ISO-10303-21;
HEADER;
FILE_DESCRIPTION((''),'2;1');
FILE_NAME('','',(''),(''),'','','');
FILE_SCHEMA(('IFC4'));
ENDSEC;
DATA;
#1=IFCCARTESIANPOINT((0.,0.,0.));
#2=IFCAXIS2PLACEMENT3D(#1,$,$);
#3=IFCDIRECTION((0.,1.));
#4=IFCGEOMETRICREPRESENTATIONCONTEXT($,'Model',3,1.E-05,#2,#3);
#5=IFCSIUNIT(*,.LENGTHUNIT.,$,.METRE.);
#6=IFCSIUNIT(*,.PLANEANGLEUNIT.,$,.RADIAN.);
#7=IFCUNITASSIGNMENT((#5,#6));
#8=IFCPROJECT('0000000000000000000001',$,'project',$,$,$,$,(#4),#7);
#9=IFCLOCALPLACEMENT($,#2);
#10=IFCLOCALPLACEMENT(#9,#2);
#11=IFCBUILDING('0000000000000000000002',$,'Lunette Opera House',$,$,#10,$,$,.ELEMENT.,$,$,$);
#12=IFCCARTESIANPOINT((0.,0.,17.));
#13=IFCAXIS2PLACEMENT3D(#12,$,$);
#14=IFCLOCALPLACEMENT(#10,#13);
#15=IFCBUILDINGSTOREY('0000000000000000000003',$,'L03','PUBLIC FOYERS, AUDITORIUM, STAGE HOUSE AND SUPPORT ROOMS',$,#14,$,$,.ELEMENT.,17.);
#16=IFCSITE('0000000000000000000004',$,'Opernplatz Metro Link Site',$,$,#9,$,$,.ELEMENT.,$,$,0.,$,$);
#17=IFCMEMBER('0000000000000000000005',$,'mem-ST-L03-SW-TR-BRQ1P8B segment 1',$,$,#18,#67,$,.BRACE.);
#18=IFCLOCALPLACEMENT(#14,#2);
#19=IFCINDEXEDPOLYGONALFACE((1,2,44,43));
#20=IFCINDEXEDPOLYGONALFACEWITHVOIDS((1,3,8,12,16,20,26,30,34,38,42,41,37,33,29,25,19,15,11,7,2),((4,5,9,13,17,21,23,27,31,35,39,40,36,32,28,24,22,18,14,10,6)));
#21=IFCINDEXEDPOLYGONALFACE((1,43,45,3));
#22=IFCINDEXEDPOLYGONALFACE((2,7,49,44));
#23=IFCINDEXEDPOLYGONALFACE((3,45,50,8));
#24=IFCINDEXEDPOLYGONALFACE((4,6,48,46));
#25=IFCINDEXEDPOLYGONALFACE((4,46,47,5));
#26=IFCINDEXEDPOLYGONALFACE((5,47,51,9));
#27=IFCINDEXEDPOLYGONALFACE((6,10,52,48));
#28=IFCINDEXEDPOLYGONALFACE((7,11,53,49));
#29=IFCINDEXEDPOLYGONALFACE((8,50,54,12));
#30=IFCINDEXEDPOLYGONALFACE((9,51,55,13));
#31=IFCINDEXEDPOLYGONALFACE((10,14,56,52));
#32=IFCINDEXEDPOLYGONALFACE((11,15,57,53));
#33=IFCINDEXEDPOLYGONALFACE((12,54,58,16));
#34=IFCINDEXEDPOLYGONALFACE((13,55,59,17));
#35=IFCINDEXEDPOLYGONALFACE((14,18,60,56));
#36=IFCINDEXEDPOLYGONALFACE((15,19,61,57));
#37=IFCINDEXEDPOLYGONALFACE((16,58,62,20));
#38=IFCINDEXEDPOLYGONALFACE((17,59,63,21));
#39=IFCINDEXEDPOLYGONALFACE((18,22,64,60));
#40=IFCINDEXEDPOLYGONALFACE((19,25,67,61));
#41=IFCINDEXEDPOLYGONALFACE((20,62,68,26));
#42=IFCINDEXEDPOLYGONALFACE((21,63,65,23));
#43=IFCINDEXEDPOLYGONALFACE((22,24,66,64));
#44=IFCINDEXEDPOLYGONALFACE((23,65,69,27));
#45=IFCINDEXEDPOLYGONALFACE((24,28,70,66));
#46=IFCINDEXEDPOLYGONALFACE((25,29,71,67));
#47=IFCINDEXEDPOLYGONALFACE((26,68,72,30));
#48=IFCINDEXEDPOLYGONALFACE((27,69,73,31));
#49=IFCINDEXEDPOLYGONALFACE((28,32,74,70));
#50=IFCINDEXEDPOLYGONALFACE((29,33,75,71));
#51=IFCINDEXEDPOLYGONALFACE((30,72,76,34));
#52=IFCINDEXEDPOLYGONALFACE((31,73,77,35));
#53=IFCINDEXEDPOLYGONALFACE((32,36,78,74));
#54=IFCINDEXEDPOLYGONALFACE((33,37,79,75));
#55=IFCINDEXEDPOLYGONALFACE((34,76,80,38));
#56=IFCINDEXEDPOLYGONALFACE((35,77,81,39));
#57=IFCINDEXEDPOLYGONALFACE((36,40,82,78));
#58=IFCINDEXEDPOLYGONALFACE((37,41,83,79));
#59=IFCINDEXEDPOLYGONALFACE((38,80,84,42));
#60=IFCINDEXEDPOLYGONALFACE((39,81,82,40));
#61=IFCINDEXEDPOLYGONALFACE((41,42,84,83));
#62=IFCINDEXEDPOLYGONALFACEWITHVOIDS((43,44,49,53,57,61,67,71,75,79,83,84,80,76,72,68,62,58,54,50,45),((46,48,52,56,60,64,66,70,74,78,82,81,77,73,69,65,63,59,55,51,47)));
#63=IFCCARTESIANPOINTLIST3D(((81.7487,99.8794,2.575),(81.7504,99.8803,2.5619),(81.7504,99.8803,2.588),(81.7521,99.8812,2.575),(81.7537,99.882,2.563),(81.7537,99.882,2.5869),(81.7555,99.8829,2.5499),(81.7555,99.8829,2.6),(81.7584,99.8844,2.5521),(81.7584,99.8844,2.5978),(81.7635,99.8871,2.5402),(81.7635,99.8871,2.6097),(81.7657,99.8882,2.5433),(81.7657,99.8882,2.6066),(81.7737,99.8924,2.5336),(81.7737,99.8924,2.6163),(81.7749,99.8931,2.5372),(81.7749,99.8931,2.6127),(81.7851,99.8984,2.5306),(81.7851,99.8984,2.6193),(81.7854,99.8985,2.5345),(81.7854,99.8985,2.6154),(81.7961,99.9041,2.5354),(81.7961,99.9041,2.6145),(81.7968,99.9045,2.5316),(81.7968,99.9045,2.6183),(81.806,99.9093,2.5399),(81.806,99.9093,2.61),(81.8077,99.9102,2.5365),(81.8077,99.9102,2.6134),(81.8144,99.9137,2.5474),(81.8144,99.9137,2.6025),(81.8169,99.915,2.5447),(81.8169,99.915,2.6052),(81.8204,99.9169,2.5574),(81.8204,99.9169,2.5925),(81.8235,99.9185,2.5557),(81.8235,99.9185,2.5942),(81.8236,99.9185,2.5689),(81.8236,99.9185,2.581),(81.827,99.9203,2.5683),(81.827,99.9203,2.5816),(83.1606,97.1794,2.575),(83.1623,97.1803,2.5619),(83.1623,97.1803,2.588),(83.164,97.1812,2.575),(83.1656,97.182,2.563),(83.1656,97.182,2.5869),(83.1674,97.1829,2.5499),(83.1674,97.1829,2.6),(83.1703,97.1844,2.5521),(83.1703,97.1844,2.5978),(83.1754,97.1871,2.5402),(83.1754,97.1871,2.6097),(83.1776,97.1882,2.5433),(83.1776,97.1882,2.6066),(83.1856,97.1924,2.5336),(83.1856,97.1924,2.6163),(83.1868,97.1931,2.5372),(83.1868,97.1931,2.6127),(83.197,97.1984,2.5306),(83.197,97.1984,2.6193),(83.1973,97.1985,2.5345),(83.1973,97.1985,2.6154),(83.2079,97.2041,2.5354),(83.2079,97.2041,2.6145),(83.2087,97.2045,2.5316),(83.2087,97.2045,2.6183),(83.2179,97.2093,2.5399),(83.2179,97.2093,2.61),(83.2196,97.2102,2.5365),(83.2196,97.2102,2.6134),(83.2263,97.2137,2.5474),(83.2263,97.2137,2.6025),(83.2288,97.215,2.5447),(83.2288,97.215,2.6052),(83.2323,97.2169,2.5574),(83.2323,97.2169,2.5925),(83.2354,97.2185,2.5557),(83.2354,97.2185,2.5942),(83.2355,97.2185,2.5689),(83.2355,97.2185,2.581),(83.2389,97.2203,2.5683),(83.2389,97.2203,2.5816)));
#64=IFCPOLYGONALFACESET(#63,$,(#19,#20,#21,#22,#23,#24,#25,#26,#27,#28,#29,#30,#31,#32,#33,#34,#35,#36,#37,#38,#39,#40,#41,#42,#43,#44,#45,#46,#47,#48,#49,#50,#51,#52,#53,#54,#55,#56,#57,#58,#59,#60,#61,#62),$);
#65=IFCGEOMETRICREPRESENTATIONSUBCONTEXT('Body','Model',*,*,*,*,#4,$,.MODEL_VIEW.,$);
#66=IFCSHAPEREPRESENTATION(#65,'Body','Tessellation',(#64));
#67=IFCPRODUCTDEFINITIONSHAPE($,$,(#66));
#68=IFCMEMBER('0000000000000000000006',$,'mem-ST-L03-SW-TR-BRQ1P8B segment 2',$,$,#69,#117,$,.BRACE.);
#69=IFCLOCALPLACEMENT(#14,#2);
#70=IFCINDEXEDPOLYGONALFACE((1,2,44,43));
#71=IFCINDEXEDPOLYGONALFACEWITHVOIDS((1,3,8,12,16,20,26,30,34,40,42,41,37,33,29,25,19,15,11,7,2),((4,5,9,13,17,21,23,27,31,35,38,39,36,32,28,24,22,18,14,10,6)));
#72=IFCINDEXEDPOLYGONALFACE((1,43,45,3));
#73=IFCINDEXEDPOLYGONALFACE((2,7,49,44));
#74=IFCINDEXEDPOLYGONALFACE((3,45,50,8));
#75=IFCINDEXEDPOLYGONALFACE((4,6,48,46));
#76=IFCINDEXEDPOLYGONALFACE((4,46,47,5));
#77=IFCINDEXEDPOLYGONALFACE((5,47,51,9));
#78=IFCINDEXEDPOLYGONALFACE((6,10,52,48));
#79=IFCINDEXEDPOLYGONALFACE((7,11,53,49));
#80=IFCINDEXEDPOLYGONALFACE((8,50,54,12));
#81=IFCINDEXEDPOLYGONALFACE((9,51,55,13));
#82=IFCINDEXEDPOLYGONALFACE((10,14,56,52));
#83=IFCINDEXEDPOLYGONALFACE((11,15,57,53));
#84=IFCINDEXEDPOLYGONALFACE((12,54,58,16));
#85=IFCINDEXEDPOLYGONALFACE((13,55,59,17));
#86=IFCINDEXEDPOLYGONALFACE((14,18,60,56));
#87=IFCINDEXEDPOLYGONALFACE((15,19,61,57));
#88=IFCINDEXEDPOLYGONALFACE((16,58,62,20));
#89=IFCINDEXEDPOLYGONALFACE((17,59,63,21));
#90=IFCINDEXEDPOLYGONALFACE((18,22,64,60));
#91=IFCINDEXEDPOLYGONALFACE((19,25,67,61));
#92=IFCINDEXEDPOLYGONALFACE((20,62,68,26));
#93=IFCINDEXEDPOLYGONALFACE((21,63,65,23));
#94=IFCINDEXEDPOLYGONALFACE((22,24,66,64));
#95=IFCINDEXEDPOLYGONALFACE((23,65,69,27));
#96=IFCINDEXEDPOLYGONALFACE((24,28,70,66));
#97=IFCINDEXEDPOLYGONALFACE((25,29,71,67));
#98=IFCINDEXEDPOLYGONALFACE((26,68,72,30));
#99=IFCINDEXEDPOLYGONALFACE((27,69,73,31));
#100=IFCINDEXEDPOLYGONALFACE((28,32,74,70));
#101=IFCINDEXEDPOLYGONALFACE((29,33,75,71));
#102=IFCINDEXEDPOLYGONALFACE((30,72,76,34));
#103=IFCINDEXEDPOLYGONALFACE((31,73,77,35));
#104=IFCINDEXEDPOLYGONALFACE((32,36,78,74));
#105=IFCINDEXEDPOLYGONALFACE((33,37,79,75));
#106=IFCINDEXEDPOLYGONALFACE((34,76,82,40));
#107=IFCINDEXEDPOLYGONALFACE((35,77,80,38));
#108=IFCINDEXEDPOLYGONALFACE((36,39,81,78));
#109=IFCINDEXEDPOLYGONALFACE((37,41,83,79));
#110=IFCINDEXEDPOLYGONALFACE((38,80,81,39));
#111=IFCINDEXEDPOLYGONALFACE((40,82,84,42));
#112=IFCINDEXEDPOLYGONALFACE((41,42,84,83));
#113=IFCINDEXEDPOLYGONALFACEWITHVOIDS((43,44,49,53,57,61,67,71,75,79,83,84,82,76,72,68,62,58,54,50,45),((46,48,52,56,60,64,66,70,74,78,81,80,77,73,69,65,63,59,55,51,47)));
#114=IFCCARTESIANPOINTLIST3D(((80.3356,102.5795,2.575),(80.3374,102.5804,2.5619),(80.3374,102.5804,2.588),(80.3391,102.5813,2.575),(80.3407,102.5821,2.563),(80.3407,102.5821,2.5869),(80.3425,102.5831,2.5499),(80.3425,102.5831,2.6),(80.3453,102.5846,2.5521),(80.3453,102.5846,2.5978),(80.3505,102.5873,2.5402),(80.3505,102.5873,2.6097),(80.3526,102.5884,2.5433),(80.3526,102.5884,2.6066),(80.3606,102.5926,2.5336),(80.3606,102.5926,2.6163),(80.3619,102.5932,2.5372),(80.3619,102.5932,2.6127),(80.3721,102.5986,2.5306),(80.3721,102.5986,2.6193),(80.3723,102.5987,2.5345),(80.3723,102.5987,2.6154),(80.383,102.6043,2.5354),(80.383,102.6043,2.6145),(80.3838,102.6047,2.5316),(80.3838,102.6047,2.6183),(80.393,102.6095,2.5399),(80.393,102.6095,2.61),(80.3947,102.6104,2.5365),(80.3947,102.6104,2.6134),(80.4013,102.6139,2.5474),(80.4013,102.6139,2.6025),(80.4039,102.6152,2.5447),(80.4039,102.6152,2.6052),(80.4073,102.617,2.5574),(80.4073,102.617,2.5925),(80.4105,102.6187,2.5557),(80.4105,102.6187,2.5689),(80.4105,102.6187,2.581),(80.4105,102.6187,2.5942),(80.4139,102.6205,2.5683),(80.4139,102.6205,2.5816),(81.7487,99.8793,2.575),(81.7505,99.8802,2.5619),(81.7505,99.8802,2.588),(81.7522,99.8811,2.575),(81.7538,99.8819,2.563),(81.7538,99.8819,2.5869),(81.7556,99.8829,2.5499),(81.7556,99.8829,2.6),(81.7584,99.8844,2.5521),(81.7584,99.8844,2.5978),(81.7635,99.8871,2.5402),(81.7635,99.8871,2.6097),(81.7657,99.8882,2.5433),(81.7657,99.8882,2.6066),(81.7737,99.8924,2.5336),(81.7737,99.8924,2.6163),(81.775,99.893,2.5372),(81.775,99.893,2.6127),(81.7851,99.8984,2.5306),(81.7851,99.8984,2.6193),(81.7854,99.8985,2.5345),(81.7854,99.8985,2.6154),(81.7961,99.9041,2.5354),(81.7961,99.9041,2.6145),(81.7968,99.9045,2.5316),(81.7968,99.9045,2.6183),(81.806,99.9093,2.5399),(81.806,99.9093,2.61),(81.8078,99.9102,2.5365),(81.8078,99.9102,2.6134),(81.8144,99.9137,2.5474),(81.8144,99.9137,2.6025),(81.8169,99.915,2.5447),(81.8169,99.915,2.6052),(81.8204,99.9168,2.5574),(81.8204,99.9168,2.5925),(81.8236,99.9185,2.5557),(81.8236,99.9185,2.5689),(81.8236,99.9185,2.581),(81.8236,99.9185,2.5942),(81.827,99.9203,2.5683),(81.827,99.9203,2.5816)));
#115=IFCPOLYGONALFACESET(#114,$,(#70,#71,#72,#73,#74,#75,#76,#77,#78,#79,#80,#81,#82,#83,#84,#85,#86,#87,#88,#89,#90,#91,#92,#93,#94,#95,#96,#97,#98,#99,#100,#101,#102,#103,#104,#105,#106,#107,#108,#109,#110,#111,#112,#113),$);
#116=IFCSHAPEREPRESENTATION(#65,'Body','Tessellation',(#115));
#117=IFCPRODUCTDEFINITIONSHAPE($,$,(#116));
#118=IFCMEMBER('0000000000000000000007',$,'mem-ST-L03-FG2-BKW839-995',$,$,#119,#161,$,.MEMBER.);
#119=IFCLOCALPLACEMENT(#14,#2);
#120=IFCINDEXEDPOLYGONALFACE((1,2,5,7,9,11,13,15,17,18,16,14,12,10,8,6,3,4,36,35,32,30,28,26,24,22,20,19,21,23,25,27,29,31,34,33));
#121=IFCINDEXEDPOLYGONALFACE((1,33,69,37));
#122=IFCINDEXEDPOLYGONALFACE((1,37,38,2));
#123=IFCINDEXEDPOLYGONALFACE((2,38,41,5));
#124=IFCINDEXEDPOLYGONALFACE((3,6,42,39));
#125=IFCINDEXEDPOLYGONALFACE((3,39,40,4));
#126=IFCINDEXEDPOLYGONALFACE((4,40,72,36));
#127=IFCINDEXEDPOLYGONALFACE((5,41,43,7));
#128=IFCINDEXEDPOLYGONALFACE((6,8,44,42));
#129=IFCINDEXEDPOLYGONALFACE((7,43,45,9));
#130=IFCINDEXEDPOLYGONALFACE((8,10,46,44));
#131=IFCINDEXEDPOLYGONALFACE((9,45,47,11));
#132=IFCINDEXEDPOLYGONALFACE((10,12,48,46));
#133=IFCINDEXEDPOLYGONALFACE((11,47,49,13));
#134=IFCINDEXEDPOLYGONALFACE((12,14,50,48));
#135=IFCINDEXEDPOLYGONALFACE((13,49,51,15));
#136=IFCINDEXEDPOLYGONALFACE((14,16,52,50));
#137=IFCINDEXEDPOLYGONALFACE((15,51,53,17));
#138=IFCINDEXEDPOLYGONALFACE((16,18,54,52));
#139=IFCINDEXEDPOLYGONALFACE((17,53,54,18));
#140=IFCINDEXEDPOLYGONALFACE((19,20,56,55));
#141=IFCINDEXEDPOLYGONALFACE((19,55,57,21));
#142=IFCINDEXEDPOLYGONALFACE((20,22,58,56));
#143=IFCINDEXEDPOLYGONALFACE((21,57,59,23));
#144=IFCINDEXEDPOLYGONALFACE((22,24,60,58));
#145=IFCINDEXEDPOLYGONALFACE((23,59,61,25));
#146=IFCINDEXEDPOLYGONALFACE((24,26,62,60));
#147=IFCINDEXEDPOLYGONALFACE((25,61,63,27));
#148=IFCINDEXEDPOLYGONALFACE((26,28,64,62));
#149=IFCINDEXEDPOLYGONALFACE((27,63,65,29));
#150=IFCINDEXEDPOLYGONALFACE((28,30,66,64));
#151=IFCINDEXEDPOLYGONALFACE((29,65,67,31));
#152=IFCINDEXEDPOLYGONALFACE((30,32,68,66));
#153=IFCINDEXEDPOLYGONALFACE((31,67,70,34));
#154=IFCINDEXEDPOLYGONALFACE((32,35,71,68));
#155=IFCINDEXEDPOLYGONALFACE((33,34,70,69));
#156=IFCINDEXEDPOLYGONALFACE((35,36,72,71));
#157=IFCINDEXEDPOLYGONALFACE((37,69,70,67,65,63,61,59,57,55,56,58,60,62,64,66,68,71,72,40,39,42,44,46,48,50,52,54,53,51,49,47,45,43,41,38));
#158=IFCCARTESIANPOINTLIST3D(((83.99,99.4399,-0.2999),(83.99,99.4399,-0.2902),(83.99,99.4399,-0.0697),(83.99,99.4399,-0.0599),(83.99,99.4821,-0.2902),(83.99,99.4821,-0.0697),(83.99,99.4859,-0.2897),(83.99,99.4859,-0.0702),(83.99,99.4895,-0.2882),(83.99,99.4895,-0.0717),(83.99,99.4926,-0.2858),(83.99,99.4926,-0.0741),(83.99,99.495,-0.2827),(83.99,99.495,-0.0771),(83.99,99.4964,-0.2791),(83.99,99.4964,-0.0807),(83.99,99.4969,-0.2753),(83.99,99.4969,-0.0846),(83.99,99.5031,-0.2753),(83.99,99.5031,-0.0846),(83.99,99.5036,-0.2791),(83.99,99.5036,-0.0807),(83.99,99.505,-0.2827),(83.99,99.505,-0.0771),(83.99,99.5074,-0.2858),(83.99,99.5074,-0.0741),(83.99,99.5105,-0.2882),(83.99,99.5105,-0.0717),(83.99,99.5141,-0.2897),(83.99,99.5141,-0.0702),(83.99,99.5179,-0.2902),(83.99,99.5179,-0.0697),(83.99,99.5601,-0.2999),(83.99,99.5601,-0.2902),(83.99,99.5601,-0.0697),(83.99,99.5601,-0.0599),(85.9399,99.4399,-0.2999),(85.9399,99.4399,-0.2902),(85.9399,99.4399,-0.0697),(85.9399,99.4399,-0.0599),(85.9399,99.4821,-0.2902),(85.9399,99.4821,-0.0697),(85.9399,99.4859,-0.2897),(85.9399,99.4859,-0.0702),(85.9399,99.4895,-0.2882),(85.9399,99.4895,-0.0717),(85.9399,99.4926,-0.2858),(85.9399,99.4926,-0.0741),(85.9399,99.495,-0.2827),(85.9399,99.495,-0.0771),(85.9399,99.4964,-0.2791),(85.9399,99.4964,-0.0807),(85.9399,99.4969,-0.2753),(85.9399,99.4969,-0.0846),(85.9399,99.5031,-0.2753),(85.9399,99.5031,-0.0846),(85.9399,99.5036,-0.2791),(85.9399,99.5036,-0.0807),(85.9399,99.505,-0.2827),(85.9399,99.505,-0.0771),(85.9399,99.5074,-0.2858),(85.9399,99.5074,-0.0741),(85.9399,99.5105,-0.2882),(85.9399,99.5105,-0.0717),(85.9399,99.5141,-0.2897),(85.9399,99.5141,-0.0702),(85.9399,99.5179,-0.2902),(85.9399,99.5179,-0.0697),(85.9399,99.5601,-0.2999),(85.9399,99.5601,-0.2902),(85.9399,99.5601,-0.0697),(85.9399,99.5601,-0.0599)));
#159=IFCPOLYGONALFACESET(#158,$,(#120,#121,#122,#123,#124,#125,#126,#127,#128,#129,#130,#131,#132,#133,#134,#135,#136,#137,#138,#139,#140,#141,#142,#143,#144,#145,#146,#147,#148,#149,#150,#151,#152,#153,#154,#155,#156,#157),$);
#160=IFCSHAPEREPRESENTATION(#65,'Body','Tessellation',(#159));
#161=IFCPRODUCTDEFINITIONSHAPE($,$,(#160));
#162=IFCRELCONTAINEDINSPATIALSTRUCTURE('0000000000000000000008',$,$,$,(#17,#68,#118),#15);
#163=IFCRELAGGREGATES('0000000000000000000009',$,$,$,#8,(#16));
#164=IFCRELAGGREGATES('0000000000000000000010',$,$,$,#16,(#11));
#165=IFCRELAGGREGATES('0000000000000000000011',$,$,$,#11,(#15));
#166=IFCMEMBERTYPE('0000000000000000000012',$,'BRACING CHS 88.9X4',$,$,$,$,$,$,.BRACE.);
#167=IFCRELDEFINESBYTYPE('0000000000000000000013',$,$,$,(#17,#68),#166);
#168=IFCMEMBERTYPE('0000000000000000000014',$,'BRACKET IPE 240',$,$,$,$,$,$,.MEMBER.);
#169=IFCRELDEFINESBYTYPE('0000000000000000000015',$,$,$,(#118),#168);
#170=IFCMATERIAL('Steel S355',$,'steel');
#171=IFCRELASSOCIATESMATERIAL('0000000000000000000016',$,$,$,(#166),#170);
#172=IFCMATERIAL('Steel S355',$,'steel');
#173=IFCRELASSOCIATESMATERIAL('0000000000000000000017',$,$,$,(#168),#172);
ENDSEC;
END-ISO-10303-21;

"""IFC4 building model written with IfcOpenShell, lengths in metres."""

from ifc_helpers import new_model, si_unit, direction, frame, origin, origin_2d, place, context, subcontext, project, spatial, hollow_circle, i_section, extrude, material, material_profile, profile_set, type_object, element, save


model = new_model("IFC4")

# Units and contexts
model_context = context("Model", 3, precision=1e-05, world=origin(), true_north=direction((0.0, 1.0)))
body_context = subcontext(model_context, "Body", "Model", "MODEL_VIEW")
ifc_project = project(units=[si_unit("LENGTHUNIT", "METRE"), si_unit("PLANEANGLEUNIT", "RADIAN")], contexts=[model_context])

# Site, building, storey
site_placement = place(None, origin())
site = spatial("IfcSite", under=ifc_project, at=site_placement, Name="Opernplatz Metro Link Site", CompositionType="ELEMENT", RefElevation=0.0)
building_placement = place(site_placement, origin())
building = spatial("IfcBuilding", under=site, at=building_placement, Name="Lunette Opera House", CompositionType="ELEMENT")
storey_placement = place(building_placement, frame((0.0, 0.0, 17.0)))
storey = spatial("IfcBuildingStorey", under=building, at=storey_placement, Name="L03", Description="PUBLIC FOYERS, AUDITORIUM, STAGE HOUSE AND SUPPORT ROOMS", CompositionType="ELEMENT", Elevation=17.0)

# Members
ifc_material_1 = material(Name="Steel S355", Category="steel")
ifc_material_profile_1 = material_profile(ifc_material_1, hollow_circle(Radius=0.0444, WallThickness=0.0039, at=origin_2d()), Name="CHS 88.9X4")
ifc_profile_set_1 = profile_set([ifc_material_profile_1], Name="Steel S355")
member_type_1 = type_object("IfcMemberType", Name="BRACING CHS 88.9X4", PredefinedType="BRACE", material=ifc_profile_set_1)
member_1_placement = place(storey_placement, frame((83.2, 97.2, 2.575), z_axis=(-0.46339, 0.886154, 0.0), x_axis=(-0.886154, -0.46339, 0.0)))
element("IfcMember", 1, at=member_1_placement, inside=storey, type_object=member_type_1, Name="mem-ST-L03-SW-TR-BRQ1P8B segment 1", PredefinedType="BRACE", context=body_context, shape_type="SweptSolid", body=[
    extrude(hollow_circle(Radius=0.0444, WallThickness=0.0039, at=origin_2d()), origin(), (0.0, 0.0, 1.0), 3.0469),
])
member_2_placement = place(storey_placement, frame((81.7881, 99.8999, 2.575), z_axis=(-0.463672, 0.886007, 0.0), x_axis=(-0.886007, -0.463672, 0.0)))
element("IfcMember", 2, at=member_2_placement, inside=storey, type_object=member_type_1, Name="mem-ST-L03-SW-TR-BRQ1P8B segment 2", PredefinedType="BRACE", context=body_context, shape_type="SweptSolid", body=[
    extrude(hollow_circle(Radius=0.0444, WallThickness=0.0039, at=origin_2d()), origin(), (0.0, 0.0, 1.0), 3.0476),
])
ifc_material_2 = material(Name="Steel S355", Category="steel")
ifc_material_profile_2 = material_profile(ifc_material_2, i_section(OverallWidth=0.1201, OverallDepth=0.24, WebThickness=0.0061, FlangeThickness=0.0098, FilletRadius=0.0149, at=origin_2d()), Name="IPE 240")
ifc_profile_set_2 = profile_set([ifc_material_profile_2], Name="Steel S355")
member_type_2 = type_object("IfcMemberType", Name="BRACKET IPE 240", PredefinedType="MEMBER", material=ifc_profile_set_2)
for number, where, z_axis, x_axis, name in (
    (3, (83.99, 99.5, -0.1799), (1.0, 0.0, 0.0), (0.0, 1.0, 0.0), "mem-ST-L03-FG2-BKW839-995"),
):
    element("IfcMember", number, at=place(storey_placement, frame(where, z_axis=z_axis, x_axis=x_axis)), inside=storey, type_object=member_type_2, Name=name, PredefinedType="MEMBER", context=body_context, shape_type="SweptSolid", body=[
        extrude(i_section(OverallWidth=0.1201, OverallDepth=0.24, WebThickness=0.0061, FlangeThickness=0.0098, FilletRadius=0.0149, at=origin_2d()), origin(), (0.0, 0.0, 1.0), 1.95),
    ])

save(model, "model.ifc")
